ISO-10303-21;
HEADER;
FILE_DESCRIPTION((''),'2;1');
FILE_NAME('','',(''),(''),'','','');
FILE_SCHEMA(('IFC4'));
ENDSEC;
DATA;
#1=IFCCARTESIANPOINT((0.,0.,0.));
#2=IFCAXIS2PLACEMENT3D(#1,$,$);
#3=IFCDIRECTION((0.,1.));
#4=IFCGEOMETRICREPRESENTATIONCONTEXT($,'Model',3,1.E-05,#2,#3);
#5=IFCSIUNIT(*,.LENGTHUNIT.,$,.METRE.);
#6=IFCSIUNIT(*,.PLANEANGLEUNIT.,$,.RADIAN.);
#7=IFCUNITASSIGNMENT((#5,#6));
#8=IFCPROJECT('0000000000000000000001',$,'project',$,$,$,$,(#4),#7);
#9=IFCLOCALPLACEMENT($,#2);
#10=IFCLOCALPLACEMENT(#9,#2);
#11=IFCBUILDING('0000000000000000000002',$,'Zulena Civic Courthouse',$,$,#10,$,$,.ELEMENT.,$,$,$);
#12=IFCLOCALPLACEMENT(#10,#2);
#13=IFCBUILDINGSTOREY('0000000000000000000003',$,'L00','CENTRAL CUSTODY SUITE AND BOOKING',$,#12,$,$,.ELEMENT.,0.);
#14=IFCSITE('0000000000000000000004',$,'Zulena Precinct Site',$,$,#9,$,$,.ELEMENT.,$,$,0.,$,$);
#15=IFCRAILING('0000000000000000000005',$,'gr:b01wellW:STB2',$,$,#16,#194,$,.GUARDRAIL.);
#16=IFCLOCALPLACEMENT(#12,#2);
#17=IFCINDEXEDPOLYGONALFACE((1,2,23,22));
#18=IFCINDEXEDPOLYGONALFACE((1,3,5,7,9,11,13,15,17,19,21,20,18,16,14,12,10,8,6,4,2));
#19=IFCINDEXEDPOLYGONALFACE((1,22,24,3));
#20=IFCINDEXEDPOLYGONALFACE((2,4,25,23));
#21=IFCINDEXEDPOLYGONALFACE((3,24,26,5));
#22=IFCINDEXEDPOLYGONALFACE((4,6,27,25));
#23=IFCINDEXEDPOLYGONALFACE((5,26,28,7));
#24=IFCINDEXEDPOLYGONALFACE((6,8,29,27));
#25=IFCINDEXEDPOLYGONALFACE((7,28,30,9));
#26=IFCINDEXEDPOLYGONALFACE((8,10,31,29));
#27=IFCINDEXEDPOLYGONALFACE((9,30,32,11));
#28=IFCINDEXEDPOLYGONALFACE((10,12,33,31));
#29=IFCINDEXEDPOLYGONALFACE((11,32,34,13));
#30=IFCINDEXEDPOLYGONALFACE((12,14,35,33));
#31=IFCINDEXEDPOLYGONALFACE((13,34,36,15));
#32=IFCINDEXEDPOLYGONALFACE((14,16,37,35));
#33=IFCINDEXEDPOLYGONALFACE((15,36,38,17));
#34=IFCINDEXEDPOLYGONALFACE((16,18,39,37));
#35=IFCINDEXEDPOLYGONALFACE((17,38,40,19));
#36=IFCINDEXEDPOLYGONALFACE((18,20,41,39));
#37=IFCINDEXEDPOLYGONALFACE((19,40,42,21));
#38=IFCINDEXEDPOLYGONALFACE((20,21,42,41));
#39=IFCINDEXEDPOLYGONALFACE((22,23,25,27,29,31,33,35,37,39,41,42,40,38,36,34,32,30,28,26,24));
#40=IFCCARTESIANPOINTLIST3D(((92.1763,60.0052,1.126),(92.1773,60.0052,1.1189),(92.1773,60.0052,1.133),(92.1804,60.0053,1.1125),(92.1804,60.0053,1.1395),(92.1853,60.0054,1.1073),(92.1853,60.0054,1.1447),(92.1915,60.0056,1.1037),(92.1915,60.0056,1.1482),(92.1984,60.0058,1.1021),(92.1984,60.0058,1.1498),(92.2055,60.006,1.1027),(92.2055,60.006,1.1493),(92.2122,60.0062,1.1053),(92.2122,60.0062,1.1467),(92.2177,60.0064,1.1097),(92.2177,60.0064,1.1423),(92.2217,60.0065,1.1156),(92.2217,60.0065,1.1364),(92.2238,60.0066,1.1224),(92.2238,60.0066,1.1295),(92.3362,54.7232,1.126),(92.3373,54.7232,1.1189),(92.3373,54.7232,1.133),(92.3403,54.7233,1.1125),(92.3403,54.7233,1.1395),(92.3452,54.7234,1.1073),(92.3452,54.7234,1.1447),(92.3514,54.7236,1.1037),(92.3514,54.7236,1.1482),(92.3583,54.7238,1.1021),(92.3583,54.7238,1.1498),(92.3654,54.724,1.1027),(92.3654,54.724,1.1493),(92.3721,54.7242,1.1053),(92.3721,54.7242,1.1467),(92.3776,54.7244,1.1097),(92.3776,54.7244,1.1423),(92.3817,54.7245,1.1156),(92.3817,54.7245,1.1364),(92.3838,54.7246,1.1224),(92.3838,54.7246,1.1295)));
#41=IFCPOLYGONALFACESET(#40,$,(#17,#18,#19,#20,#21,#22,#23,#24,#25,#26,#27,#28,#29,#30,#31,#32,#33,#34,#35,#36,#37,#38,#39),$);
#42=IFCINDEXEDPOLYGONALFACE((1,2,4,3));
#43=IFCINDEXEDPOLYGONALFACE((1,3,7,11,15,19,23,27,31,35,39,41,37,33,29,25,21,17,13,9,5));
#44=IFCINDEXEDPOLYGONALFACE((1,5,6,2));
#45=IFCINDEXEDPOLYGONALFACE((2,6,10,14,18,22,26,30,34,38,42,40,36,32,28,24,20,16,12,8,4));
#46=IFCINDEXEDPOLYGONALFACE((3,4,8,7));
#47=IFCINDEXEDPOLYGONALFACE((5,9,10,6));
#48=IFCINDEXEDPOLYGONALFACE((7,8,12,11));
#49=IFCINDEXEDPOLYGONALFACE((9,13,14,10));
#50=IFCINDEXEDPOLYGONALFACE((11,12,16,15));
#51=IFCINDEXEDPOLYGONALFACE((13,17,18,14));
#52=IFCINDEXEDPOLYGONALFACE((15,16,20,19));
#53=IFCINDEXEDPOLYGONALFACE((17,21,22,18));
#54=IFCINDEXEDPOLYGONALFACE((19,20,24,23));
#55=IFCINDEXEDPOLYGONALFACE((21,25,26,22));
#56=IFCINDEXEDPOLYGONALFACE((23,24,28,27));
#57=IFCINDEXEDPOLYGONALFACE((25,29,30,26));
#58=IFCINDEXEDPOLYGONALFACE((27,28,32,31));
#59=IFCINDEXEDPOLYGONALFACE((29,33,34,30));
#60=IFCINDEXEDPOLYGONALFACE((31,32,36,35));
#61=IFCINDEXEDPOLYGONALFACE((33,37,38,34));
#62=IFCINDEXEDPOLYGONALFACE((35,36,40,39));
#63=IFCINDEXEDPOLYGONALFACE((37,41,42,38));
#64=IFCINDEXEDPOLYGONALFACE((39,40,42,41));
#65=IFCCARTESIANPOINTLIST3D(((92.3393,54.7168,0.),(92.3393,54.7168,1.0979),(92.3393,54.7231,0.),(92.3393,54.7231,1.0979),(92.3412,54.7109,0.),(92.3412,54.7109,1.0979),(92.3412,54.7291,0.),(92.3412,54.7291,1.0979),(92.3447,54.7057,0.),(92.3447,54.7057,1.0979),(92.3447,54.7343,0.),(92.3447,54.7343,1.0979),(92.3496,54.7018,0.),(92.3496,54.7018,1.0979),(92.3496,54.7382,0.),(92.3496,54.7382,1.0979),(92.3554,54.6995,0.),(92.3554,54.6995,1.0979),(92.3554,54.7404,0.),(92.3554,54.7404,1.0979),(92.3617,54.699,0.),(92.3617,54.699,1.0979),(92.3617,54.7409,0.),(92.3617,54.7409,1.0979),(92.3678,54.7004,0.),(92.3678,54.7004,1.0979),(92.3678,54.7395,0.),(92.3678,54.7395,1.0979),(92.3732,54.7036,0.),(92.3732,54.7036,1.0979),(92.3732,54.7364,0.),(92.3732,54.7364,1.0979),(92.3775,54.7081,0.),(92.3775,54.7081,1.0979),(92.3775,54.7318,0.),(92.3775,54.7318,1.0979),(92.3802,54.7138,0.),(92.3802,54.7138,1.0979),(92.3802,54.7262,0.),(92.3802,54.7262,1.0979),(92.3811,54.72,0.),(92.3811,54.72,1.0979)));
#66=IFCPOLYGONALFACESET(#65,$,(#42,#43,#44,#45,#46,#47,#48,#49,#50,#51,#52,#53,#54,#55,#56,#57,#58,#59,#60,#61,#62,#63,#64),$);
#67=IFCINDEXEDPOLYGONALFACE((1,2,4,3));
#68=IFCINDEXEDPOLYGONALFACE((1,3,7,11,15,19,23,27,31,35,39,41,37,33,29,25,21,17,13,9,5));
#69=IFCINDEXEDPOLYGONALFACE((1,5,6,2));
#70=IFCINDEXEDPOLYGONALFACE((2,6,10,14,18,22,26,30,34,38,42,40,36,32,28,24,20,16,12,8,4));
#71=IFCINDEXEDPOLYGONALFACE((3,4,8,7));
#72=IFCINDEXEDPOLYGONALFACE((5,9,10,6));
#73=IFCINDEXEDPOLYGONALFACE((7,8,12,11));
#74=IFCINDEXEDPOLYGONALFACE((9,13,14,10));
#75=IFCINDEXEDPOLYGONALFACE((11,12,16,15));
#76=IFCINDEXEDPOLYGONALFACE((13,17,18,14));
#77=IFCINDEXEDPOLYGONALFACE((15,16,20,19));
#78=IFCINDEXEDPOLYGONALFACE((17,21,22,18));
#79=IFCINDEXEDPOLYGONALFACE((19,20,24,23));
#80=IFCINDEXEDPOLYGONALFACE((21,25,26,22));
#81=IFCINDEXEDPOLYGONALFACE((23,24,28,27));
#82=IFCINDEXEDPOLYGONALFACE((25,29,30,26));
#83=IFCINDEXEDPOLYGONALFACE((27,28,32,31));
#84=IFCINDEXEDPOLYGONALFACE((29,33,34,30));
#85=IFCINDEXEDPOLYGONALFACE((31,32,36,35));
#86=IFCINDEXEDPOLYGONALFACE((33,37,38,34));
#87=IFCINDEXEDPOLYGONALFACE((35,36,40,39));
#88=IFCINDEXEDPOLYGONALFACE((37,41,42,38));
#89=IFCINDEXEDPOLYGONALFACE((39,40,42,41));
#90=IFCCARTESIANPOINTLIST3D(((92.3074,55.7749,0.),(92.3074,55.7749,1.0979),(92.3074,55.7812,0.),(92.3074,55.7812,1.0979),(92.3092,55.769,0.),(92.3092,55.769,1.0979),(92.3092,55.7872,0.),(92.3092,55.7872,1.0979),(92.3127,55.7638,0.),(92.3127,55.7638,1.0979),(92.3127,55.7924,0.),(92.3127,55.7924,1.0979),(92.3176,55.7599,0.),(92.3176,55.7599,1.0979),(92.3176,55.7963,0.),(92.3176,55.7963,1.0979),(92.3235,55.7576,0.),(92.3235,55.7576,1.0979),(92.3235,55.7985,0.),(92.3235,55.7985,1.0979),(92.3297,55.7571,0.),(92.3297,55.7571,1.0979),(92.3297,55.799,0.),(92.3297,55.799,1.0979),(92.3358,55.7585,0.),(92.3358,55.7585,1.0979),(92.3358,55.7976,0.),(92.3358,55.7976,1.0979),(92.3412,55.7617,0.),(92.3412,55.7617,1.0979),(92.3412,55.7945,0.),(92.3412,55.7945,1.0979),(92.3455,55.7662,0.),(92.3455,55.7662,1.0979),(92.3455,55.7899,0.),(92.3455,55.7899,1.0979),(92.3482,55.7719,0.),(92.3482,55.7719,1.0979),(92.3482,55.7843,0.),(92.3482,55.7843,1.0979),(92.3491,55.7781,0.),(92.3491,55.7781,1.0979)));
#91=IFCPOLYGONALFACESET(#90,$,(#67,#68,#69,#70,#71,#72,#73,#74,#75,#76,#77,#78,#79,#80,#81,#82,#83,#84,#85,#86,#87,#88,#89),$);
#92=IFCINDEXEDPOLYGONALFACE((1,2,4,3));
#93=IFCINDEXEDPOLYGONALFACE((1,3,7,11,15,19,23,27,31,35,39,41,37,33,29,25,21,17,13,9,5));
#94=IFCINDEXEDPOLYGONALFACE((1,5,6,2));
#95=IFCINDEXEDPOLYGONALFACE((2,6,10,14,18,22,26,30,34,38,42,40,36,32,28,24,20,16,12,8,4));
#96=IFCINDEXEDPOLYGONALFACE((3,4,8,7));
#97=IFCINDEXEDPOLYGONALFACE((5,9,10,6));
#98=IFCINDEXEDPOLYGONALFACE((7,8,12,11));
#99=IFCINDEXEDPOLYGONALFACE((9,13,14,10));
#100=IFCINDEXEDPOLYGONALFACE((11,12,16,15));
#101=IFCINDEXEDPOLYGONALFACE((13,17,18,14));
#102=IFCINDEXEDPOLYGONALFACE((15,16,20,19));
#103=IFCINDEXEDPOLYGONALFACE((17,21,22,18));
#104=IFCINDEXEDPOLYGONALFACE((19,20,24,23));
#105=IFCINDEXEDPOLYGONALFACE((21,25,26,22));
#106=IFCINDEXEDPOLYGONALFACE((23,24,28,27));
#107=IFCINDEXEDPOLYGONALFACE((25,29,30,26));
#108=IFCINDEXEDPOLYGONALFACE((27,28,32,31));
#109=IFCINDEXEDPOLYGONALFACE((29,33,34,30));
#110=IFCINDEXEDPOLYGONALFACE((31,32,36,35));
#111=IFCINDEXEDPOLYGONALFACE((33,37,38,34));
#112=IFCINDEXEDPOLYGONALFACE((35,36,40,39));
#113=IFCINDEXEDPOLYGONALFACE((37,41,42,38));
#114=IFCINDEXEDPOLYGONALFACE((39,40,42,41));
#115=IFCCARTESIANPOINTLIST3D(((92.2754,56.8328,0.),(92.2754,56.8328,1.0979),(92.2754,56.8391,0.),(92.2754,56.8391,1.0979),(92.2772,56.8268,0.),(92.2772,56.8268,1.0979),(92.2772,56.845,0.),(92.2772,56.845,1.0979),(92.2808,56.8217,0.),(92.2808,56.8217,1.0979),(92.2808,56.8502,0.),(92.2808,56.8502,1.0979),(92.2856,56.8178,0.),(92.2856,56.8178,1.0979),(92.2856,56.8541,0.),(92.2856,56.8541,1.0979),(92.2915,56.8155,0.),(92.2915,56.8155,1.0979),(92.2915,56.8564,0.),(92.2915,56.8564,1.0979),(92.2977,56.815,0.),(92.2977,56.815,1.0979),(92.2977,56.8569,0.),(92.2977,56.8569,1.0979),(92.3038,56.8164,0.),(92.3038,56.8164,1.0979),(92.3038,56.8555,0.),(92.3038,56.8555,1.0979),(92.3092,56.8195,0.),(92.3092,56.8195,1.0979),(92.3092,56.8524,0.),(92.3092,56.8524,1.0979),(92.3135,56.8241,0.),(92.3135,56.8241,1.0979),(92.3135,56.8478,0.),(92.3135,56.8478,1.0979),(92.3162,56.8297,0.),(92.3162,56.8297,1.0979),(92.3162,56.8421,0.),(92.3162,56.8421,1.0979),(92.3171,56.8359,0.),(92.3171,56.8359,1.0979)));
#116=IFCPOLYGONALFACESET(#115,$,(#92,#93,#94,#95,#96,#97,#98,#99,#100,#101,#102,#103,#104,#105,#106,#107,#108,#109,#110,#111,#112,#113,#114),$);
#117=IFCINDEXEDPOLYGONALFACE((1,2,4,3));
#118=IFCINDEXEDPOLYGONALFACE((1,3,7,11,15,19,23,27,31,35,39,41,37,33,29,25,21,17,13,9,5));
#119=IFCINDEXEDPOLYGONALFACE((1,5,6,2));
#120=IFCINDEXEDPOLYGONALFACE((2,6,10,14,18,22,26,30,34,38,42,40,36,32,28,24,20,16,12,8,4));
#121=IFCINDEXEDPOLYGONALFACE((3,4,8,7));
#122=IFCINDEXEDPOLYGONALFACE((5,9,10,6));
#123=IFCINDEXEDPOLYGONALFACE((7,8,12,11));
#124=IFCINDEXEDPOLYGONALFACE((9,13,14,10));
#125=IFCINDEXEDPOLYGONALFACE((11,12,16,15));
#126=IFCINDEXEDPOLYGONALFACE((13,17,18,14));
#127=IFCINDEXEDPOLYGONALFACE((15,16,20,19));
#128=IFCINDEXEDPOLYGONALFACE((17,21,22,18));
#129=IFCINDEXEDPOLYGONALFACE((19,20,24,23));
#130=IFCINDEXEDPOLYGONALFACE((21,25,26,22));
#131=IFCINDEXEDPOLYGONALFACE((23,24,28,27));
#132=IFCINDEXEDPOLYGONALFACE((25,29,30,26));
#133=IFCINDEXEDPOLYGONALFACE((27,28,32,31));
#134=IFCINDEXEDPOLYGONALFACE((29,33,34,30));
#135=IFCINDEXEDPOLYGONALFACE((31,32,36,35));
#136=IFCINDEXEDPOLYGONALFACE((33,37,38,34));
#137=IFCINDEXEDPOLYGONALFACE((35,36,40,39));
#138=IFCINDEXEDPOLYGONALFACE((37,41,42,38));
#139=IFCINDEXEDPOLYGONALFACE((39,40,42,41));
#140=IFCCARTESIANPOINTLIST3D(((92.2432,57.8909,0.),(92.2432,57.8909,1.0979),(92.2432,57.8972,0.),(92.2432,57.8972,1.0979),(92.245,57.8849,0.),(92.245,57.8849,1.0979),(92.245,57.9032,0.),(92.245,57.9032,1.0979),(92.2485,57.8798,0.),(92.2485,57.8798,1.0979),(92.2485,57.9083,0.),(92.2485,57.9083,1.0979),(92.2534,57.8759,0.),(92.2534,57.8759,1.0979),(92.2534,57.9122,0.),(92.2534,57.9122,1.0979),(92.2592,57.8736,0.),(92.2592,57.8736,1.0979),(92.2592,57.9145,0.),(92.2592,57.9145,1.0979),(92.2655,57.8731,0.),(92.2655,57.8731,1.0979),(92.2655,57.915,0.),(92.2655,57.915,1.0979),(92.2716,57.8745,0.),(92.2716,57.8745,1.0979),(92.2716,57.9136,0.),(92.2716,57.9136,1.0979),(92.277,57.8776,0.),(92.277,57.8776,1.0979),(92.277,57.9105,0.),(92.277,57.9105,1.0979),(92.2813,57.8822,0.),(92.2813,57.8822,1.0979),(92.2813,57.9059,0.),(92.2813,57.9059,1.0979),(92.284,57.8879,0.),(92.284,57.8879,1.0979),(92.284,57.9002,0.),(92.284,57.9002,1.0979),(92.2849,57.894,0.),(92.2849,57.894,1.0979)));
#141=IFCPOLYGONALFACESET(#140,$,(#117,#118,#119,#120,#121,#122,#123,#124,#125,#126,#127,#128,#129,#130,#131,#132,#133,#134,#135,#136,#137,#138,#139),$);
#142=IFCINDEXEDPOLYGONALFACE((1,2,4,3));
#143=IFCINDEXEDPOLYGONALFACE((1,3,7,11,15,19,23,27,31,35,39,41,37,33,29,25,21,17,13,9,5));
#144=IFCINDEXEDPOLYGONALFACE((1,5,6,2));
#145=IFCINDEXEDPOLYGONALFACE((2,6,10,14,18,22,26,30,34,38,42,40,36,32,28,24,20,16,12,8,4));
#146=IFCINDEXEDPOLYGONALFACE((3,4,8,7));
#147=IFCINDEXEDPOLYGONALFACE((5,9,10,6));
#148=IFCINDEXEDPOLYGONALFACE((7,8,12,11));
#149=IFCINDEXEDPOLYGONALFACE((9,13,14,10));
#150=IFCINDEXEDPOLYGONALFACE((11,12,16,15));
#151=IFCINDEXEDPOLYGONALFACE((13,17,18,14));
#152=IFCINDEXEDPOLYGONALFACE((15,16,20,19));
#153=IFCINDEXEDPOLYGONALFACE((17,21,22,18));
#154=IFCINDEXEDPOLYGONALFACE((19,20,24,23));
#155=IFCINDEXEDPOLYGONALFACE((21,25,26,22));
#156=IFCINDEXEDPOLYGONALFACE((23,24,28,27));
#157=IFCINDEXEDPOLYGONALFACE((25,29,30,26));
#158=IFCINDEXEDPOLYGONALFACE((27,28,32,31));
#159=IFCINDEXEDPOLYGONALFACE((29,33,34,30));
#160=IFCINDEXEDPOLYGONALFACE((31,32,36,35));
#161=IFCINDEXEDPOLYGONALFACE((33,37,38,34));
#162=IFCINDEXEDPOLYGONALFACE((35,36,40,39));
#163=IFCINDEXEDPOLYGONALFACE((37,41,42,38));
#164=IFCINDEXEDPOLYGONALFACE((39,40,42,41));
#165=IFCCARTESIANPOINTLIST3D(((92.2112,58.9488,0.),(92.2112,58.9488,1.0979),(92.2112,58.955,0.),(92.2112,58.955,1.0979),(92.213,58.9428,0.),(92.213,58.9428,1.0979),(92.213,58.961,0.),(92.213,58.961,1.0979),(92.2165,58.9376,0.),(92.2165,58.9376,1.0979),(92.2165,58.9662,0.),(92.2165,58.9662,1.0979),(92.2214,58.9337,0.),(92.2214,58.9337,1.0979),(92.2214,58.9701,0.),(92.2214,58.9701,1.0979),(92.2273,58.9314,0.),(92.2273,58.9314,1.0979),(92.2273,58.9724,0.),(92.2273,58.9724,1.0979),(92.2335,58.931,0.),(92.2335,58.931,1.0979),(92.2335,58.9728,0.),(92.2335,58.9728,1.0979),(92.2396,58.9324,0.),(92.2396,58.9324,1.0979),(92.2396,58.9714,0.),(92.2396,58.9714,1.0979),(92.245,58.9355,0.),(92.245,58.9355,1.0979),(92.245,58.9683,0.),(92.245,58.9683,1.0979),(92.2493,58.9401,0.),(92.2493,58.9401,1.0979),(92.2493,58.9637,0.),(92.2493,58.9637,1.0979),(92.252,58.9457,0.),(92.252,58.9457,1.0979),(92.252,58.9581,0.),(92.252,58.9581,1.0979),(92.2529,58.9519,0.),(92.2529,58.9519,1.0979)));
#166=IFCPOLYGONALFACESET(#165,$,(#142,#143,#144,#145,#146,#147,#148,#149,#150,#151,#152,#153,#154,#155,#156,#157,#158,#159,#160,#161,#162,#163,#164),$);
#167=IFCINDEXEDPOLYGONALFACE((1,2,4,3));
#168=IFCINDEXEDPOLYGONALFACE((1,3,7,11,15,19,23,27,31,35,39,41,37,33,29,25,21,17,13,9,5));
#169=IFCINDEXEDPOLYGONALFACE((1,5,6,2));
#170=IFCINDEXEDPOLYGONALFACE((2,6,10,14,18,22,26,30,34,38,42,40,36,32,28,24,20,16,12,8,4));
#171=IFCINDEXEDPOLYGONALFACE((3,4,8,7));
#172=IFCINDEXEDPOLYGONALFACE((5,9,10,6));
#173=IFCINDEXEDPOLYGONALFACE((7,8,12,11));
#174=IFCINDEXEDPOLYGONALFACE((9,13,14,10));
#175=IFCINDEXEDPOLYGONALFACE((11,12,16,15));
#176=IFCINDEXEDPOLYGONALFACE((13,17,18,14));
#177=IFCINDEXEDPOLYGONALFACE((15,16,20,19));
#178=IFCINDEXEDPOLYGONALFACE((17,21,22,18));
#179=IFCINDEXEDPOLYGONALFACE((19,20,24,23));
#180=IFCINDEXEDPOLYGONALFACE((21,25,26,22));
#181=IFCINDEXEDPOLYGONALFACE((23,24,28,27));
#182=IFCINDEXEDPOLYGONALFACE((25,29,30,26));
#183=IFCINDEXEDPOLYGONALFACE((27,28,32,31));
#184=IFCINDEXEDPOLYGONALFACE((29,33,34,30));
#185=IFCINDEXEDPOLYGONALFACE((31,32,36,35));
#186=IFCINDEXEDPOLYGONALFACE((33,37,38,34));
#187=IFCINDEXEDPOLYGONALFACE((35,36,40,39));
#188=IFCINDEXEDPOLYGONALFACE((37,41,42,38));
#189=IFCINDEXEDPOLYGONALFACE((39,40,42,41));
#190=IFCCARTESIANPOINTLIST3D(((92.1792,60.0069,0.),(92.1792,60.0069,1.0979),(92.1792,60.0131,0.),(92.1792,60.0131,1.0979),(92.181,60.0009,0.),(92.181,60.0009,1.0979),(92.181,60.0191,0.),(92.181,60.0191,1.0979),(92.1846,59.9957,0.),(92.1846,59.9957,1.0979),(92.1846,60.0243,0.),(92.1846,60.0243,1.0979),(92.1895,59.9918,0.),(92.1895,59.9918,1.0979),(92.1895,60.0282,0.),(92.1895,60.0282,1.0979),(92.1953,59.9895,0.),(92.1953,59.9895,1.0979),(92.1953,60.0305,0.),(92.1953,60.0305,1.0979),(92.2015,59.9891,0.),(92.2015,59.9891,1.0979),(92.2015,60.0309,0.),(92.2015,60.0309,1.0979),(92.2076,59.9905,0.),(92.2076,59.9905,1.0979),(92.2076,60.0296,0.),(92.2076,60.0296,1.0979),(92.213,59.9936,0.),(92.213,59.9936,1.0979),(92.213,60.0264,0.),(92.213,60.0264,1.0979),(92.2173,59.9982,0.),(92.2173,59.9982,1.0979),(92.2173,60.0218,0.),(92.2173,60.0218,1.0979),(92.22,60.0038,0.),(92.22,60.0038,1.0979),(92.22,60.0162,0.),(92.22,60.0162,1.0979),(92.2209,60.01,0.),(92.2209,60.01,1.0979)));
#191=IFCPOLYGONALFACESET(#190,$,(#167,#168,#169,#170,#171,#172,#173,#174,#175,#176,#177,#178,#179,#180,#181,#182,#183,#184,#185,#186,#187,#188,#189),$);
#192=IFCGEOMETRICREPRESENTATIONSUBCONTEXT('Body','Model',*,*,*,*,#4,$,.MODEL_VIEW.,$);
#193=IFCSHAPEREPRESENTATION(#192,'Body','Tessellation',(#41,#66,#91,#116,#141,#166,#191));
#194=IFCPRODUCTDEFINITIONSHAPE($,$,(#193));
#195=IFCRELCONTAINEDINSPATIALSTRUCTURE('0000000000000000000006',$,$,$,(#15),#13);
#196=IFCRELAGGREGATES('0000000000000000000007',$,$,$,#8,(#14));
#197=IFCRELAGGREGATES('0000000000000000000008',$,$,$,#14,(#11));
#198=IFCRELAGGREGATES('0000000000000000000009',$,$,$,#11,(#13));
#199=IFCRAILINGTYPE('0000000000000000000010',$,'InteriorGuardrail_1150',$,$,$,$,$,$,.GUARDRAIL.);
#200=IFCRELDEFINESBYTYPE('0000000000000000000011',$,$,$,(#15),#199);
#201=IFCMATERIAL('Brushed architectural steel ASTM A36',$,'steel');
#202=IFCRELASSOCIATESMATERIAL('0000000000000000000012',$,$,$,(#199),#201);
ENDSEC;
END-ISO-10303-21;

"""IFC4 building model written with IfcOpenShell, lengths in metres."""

from ifc_helpers import new_model, si_unit, direction, frame, origin, origin_2d, place, context, subcontext, project, spatial, circle, extrude, material, type_object, element, save


model = new_model("IFC4")

# Units and contexts
model_context = context("Model", 3, precision=1e-05, world=origin(), true_north=direction((0.0, 1.0)))
body_context = subcontext(model_context, "Body", "Model", "MODEL_VIEW")
ifc_project = project(units=[si_unit("LENGTHUNIT", "METRE"), si_unit("PLANEANGLEUNIT", "RADIAN")], contexts=[model_context])

# Site, building, storey
site_placement = place(None, origin())
site = spatial("IfcSite", under=ifc_project, at=site_placement, Name="Zulena Precinct Site", CompositionType="ELEMENT", RefElevation=0.0)
building_placement = place(site_placement, origin())
building = spatial("IfcBuilding", under=site, at=building_placement, Name="Zulena Civic Courthouse", CompositionType="ELEMENT")
storey_placement = place(building_placement, origin())
storey = spatial("IfcBuildingStorey", under=building, at=storey_placement, Name="L00", Description="CENTRAL CUSTODY SUITE AND BOOKING", CompositionType="ELEMENT", Elevation=0.0)

# Railing
ifc_material_1 = material(Name="Brushed architectural steel ASTM A36", Category="steel")
railing_type = type_object("IfcRailingType", Name="InteriorGuardrail_1150", PredefinedType="GUARDRAIL", material=ifc_material_1)
railing_1_placement = place(storey_placement, frame((92.3601, 54.72, 0.0)))
element("IfcRailing", 1, at=railing_1_placement, inside=storey, type_object=railing_type, Name="gr:b01wellW:STB2", PredefinedType="GUARDRAIL", context=body_context, shape_type="SweptSolid", body=[
    extrude(circle(Radius=0.0239, at=origin_2d()), frame((0.0, 0.0039, 1.126), z_axis=(-0.030261, 0.999542, 0.0), x_axis=(-0.999542, -0.030261, 0.0)), (0.0, 0.0, 1.0), 5.2844),
    extrude(circle(Radius=0.021, at=origin_2d()), origin(), (0.0, 0.0, 1.0), 1.0979),
    extrude(circle(Radius=0.021, at=origin_2d()), frame((-0.032, 1.0581, 0.0)), (0.0, 0.0, 1.0), 1.0979),
    extrude(circle(Radius=0.021, at=origin_2d()), frame((-0.064, 2.116, 0.0)), (0.0, 0.0, 1.0), 1.0979),
    extrude(circle(Radius=0.021, at=origin_2d()), frame((-0.0962, 3.1741, 0.0)), (0.0, 0.0, 1.0), 1.0979),
    extrude(circle(Radius=0.021, at=origin_2d()), frame((-0.1282, 4.2319, 0.0)), (0.0, 0.0, 1.0), 1.0979),
    extrude(circle(Radius=0.021, at=origin_2d()), frame((-0.1602, 5.29, 0.0)), (0.0, 0.0, 1.0), 1.0979),
])

save(model, "model.ifc")
